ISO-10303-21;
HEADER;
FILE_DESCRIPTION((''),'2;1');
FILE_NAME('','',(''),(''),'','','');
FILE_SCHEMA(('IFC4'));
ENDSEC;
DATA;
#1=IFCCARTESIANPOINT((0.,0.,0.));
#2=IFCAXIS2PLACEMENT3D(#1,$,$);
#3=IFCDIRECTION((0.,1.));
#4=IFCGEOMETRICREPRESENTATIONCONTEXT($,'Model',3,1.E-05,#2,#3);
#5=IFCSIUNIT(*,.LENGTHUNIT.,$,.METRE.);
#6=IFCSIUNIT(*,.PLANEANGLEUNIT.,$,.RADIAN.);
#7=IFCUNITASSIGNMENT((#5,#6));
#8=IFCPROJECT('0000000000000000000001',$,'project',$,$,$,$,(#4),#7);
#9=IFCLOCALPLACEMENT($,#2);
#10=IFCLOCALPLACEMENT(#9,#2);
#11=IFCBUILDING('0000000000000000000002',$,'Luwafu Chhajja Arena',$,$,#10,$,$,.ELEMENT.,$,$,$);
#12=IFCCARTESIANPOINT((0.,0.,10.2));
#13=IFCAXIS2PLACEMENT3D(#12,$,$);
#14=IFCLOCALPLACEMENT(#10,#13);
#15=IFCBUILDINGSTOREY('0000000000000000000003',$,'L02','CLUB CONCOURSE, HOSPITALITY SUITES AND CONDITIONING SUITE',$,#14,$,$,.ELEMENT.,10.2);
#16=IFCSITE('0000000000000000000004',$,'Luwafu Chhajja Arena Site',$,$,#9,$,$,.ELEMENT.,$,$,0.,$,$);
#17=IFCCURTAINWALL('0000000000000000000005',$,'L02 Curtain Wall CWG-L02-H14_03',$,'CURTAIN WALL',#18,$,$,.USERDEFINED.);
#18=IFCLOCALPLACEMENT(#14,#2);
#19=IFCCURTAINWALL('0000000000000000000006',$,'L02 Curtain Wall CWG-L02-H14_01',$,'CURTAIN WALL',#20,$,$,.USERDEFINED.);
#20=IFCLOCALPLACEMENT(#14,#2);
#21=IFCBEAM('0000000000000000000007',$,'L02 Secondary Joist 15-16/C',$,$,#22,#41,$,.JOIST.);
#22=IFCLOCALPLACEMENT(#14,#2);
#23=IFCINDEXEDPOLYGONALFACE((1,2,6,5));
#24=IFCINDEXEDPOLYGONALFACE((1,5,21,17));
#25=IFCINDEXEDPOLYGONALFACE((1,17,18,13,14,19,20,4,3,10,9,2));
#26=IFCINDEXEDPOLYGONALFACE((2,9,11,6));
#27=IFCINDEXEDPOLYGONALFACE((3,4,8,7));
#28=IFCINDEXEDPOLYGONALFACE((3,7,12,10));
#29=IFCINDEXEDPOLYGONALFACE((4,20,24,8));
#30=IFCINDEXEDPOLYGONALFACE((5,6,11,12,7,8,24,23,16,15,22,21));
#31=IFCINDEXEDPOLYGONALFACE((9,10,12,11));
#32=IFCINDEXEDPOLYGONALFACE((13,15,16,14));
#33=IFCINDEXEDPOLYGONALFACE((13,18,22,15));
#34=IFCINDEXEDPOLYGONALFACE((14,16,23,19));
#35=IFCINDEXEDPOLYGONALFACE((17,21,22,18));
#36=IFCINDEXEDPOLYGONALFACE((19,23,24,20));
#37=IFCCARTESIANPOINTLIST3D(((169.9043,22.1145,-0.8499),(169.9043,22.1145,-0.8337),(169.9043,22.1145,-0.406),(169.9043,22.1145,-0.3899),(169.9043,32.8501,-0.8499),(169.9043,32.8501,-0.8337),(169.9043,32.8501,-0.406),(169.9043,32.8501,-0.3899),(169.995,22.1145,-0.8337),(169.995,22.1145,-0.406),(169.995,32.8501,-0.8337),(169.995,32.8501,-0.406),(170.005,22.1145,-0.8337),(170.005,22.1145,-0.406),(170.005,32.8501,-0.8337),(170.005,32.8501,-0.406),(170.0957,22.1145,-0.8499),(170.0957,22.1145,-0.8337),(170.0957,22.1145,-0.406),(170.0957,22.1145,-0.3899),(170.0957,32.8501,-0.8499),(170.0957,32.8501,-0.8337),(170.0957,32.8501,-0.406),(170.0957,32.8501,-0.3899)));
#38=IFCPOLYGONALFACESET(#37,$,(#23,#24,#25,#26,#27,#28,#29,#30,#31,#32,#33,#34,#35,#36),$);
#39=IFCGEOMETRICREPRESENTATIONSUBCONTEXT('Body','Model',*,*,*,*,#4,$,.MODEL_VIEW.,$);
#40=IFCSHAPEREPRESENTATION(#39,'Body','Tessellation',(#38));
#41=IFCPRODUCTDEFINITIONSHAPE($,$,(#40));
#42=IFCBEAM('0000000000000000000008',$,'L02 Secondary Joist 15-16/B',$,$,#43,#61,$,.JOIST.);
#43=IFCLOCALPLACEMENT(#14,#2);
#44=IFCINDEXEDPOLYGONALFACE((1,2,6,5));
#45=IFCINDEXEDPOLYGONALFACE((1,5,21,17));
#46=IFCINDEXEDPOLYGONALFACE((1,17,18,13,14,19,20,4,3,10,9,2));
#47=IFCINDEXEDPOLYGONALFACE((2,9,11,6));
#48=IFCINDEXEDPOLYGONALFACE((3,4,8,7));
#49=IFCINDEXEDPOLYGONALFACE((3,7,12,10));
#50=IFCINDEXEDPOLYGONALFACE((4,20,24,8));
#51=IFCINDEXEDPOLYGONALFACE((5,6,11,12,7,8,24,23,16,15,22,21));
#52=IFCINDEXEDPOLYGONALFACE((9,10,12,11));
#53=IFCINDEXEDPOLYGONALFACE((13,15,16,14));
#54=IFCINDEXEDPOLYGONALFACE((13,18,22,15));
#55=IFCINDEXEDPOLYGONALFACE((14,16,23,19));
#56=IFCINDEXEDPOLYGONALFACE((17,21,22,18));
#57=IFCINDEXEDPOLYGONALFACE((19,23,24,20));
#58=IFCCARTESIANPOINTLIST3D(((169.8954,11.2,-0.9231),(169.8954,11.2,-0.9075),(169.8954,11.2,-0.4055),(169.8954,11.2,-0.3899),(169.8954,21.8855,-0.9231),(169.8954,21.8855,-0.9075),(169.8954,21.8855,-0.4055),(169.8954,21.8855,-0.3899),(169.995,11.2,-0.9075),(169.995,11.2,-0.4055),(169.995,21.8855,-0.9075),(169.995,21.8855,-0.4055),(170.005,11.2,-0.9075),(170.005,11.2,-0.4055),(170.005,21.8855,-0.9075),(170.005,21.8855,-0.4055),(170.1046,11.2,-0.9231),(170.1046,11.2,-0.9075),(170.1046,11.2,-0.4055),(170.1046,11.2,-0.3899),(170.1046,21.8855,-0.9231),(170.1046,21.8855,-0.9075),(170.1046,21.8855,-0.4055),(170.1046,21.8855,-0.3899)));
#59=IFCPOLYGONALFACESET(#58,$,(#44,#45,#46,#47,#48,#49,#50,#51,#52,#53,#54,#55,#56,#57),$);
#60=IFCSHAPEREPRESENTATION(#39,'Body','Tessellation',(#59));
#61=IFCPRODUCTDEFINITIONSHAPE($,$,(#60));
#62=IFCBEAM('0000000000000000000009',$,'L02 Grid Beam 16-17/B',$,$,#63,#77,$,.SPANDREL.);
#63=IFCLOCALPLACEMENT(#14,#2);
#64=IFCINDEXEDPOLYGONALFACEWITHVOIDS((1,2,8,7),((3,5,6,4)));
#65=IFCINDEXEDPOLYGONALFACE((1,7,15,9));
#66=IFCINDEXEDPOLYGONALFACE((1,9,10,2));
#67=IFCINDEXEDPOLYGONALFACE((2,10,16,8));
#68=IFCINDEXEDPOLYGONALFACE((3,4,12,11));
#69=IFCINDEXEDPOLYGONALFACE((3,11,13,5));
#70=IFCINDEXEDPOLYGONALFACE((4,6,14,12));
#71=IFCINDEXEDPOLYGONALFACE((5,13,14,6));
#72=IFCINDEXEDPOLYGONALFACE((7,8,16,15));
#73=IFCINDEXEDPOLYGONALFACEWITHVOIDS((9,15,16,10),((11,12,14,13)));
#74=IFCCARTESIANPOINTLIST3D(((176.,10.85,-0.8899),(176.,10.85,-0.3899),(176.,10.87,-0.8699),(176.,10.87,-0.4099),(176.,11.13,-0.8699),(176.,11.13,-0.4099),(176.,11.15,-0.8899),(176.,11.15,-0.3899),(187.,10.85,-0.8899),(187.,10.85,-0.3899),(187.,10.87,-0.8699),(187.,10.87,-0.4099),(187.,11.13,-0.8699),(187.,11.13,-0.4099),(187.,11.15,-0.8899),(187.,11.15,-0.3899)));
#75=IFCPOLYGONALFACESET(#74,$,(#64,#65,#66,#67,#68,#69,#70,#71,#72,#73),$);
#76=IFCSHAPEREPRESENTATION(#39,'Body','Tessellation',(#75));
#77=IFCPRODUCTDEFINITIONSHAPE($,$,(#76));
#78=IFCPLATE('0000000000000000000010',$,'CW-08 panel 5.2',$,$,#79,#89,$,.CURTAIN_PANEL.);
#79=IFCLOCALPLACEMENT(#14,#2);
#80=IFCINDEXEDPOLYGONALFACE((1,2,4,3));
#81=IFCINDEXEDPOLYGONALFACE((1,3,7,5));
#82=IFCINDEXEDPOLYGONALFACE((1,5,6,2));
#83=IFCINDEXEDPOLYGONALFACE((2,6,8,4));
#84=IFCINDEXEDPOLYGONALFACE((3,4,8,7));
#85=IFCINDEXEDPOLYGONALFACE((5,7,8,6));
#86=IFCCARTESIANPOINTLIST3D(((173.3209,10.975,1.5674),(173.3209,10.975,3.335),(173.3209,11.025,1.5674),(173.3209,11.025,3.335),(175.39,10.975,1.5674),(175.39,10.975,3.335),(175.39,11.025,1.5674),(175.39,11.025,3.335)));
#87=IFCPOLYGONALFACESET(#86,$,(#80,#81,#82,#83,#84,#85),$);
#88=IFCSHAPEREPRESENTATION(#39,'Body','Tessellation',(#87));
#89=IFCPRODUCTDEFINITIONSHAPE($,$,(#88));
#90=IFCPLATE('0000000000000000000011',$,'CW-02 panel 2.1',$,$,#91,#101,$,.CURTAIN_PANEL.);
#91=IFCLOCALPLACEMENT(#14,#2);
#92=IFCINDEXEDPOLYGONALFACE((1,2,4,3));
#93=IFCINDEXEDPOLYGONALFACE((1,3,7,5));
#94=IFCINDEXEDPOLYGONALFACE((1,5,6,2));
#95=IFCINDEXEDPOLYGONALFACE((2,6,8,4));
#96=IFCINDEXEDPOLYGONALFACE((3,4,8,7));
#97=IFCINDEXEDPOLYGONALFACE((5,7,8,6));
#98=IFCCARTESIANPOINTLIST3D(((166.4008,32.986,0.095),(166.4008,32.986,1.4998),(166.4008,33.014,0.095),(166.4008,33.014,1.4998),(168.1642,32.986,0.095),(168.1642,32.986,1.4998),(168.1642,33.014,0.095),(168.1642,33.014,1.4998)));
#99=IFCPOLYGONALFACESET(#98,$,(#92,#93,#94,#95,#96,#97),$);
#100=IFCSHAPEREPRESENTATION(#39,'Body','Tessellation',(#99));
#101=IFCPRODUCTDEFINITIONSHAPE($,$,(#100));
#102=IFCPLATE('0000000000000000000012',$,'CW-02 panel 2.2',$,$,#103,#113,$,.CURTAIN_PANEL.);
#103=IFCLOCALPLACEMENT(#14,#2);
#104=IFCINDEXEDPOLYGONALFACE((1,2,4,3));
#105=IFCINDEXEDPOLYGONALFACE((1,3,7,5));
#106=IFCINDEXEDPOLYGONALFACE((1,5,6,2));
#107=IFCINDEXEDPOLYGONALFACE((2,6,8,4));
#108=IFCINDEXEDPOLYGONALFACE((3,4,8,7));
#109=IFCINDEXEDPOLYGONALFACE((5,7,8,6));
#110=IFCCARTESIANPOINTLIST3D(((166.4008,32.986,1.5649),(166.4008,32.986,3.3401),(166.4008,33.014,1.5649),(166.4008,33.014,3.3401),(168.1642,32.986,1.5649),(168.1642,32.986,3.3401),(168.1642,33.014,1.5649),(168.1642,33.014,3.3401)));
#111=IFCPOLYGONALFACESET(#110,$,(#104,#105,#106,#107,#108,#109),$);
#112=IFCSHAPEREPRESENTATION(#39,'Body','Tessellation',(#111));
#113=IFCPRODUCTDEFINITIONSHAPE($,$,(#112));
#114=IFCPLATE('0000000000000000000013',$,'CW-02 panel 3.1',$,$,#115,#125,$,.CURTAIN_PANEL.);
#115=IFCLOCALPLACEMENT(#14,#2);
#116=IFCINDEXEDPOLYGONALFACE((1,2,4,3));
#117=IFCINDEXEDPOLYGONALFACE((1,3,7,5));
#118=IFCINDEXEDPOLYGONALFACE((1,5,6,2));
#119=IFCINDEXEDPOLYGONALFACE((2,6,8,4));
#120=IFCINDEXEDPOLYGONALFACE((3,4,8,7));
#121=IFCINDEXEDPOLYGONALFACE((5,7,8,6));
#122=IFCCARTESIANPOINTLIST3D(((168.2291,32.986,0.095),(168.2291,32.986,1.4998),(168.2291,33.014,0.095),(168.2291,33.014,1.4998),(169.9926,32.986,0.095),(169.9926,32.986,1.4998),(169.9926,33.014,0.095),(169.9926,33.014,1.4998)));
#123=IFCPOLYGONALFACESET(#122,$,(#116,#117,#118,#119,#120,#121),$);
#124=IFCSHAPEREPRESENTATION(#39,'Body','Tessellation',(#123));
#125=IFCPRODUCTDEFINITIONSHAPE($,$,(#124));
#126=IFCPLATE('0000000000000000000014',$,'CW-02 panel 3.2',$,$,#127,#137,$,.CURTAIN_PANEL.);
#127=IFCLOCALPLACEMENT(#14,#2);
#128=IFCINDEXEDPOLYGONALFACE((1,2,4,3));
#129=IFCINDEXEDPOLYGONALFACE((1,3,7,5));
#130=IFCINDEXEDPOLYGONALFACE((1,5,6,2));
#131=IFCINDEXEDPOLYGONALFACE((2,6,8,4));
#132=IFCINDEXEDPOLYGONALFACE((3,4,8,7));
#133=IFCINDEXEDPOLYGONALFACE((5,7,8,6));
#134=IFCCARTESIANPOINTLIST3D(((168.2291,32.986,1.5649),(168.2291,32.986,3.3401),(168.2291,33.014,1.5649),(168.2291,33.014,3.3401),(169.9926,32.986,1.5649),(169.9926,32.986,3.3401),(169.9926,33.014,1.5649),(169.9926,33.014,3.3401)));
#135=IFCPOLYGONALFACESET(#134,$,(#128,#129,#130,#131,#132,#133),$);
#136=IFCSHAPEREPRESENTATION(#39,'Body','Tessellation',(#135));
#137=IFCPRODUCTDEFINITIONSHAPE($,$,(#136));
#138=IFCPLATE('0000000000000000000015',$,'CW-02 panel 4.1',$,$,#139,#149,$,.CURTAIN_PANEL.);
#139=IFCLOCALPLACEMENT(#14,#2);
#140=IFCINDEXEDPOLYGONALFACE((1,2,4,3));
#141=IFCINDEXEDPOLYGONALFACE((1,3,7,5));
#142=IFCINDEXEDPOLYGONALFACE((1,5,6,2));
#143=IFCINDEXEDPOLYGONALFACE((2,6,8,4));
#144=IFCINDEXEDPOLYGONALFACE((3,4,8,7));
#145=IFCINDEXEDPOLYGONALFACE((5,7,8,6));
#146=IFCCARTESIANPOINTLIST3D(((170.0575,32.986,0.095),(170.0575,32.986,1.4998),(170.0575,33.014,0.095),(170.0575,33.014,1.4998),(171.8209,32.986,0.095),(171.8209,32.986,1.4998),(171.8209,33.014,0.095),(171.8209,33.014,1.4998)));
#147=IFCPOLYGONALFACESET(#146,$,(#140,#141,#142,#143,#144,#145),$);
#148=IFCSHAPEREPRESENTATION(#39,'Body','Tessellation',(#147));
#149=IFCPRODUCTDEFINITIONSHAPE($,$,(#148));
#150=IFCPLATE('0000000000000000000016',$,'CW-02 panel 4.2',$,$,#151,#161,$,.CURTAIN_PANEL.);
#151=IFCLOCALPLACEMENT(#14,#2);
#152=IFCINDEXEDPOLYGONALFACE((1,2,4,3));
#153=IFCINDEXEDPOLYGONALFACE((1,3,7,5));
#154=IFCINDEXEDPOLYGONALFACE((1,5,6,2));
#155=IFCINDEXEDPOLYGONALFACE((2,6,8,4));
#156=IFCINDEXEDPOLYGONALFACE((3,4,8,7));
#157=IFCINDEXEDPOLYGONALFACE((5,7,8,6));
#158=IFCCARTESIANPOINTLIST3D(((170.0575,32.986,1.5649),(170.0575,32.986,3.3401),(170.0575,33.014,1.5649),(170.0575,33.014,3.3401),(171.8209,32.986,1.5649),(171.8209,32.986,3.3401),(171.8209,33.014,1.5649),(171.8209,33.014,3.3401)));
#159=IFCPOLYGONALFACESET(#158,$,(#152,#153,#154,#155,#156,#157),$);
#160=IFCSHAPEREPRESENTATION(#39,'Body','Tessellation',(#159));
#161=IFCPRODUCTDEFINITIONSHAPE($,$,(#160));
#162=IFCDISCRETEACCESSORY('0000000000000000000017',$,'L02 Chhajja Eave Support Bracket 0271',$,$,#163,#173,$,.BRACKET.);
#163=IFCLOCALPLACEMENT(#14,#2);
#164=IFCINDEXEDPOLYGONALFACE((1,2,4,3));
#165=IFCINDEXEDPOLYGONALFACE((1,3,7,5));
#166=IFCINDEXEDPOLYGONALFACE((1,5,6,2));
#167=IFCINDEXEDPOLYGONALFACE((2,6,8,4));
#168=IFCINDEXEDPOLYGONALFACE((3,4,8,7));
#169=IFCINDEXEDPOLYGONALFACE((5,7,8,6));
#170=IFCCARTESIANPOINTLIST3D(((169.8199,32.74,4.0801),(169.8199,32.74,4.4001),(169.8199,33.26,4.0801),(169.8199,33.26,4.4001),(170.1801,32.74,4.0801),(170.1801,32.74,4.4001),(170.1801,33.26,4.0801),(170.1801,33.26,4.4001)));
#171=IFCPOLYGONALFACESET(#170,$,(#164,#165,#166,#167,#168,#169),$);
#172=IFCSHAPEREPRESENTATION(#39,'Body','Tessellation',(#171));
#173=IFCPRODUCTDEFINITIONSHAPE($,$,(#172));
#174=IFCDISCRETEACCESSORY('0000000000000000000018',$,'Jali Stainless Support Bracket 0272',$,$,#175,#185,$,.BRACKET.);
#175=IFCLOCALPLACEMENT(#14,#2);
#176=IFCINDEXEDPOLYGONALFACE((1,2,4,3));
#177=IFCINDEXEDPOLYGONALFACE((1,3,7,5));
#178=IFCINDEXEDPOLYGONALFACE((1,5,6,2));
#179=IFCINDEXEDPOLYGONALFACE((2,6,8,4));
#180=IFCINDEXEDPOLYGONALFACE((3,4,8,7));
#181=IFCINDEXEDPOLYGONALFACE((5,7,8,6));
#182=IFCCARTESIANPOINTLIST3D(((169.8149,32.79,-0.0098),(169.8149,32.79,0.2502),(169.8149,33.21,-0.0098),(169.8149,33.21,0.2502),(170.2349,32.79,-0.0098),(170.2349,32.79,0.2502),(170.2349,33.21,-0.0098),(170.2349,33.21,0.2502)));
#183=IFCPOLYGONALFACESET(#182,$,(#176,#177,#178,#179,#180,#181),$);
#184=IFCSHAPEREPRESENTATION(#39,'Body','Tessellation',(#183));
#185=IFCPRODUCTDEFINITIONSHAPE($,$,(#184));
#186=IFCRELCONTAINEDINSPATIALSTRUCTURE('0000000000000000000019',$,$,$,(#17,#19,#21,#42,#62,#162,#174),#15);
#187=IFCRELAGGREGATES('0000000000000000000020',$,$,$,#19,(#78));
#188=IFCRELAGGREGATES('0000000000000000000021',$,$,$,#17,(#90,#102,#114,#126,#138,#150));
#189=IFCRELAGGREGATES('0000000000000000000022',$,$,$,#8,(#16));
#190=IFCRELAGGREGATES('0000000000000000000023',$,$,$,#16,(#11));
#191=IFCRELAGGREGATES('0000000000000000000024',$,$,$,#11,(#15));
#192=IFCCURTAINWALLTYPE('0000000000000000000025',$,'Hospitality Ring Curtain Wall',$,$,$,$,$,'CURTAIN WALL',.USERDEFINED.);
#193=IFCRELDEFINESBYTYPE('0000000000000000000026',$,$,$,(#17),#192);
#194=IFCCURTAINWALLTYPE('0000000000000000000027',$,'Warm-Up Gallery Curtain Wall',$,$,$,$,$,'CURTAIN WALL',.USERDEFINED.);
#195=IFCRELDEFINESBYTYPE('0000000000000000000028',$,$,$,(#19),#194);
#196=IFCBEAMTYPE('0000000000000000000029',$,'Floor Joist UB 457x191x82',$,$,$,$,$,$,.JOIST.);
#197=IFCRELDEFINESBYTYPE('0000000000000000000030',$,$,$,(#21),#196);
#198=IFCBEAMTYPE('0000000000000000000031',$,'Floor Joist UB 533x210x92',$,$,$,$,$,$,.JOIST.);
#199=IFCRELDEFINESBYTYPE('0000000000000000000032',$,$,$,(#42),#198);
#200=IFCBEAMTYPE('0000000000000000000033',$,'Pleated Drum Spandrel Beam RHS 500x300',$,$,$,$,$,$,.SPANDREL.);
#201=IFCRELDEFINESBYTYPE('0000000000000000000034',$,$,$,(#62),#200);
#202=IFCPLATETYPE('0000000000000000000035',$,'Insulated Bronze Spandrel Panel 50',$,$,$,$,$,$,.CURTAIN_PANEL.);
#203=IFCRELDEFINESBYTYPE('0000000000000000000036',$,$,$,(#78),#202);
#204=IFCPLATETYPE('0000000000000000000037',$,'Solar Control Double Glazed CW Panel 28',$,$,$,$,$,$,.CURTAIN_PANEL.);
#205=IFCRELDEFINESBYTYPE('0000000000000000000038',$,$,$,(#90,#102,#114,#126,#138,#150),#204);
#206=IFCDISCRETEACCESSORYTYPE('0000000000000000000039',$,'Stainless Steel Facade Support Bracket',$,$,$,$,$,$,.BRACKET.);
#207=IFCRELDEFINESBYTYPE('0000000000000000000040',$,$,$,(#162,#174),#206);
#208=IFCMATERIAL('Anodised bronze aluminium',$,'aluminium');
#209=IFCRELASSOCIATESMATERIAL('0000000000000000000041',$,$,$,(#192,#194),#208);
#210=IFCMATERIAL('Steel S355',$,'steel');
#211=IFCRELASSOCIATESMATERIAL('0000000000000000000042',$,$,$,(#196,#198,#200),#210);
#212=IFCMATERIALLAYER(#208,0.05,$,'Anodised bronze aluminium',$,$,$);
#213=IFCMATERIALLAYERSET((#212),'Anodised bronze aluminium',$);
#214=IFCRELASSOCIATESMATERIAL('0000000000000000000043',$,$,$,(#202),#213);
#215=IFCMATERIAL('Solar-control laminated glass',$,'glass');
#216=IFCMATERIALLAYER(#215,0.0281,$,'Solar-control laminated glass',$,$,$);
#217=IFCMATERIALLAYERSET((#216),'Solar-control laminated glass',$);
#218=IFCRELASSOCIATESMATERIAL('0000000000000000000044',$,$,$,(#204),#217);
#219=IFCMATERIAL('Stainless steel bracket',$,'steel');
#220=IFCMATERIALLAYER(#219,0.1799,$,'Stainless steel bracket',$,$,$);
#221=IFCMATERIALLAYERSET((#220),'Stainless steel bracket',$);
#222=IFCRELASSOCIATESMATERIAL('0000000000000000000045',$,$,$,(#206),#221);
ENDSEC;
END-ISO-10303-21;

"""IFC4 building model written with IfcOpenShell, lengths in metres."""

from ifc_helpers import new_model, si_unit, direction, frame, origin, origin_2d, place, context, subcontext, project, spatial, rectangle, hollow_rectangle, i_section, extrude, material, layer, layer_set, material_profile, profile_set, type_object, element, aggregate, save


model = new_model("IFC4")

# Units and contexts
model_context = context("Model", 3, precision=1e-05, world=origin(), true_north=direction((0.0, 1.0)))
body_context = subcontext(model_context, "Body", "Model", "MODEL_VIEW")
ifc_project = project(units=[si_unit("LENGTHUNIT", "METRE"), si_unit("PLANEANGLEUNIT", "RADIAN")], contexts=[model_context])

# Site, building, storey
site_placement = place(None, origin())
site = spatial("IfcSite", under=ifc_project, at=site_placement, Name="Luwafu Chhajja Arena Site", CompositionType="ELEMENT", RefElevation=0.0)
building_placement = place(site_placement, origin())
building = spatial("IfcBuilding", under=site, at=building_placement, Name="Luwafu Chhajja Arena", CompositionType="ELEMENT")
storey_placement = place(building_placement, frame((0.0, 0.0, 10.2)))
storey = spatial("IfcBuildingStorey", under=building, at=storey_placement, Name="L02", Description="CLUB CONCOURSE, HOSPITALITY SUITES AND CONDITIONING SUITE", CompositionType="ELEMENT", Elevation=10.2)

# Curtain wall
ifc_material_1 = material(Name="Anodised bronze aluminium", Category="aluminium")
curtain_wall_type_1 = type_object("IfcCurtainWallType", Name="Hospitality Ring Curtain Wall", ElementType="CURTAIN WALL", PredefinedType="USERDEFINED", material=ifc_material_1)
curtain_wall_1_placement = place(storey_placement, origin())
curtain_wall_1 = element("IfcCurtainWall", 1, at=curtain_wall_1_placement, inside=storey, type_object=curtain_wall_type_1, Name="L02 Curtain Wall CWG-L02-H14_03", ObjectType="CURTAIN WALL", PredefinedType="USERDEFINED")

# Curtain wall
curtain_wall_type_2 = type_object("IfcCurtainWallType", Name="Warm-Up Gallery Curtain Wall", ElementType="CURTAIN WALL", PredefinedType="USERDEFINED", material=ifc_material_1)
curtain_wall_2_placement = place(storey_placement, origin())
curtain_wall_2 = element("IfcCurtainWall", 2, at=curtain_wall_2_placement, inside=storey, type_object=curtain_wall_type_2, Name="L02 Curtain Wall CWG-L02-H14_01", ObjectType="CURTAIN WALL", PredefinedType="USERDEFINED")

# Beams
ifc_material_2 = material(Name="Steel S355", Category="steel")
ifc_material_profile_1 = material_profile(ifc_material_2, i_section(OverallWidth=0.1914, OverallDepth=0.46, WebThickness=0.01, FlangeThickness=0.0161, at=origin_2d()), Name="UB 457x191x82")
ifc_profile_set_1 = profile_set([ifc_material_profile_1], Name="Steel S355")
beam_type_1 = type_object("IfcBeamType", Name="Floor Joist UB 457x191x82", PredefinedType="JOIST", material=ifc_profile_set_1)
beam_1_placement = place(storey_placement, frame((170.0, 22.1145, -0.6199), z_axis=(0.0, 1.0, 0.0), x_axis=(-1.0, 0.0, 0.0)))
element("IfcBeam", 3, at=beam_1_placement, inside=storey, type_object=beam_type_1, Name="L02 Secondary Joist 15-16/C", PredefinedType="JOIST", context=body_context, shape_type="SweptSolid", body=[
    extrude(i_section(OverallWidth=0.1914, OverallDepth=0.46, WebThickness=0.01, FlangeThickness=0.0161, at=origin_2d()), origin(), (0.0, 0.0, 1.0), 10.7356),
])
ifc_material_profile_2 = material_profile(ifc_material_2, i_section(OverallWidth=0.2092, OverallDepth=0.5332, WebThickness=0.01, FlangeThickness=0.0156, at=origin_2d()), Name="UB 533x210x92")
ifc_profile_set_2 = profile_set([ifc_material_profile_2], Name="Steel S355")
beam_type_2 = type_object("IfcBeamType", Name="Floor Joist UB 533x210x92", PredefinedType="JOIST", material=ifc_profile_set_2)
beam_2_placement = place(storey_placement, frame((170.0, 11.2, -0.6565), z_axis=(0.0, 1.0, 0.0), x_axis=(-1.0, 0.0, 0.0)))
element("IfcBeam", 4, at=beam_2_placement, inside=storey, type_object=beam_type_2, Name="L02 Secondary Joist 15-16/B", PredefinedType="JOIST", context=body_context, shape_type="SweptSolid", body=[
    extrude(i_section(OverallWidth=0.2092, OverallDepth=0.5332, WebThickness=0.01, FlangeThickness=0.0156, at=origin_2d()), origin(), (0.0, 0.0, 1.0), 10.6855),
])
ifc_material_profile_3 = material_profile(ifc_material_2, hollow_rectangle(XDim=0.3, YDim=0.5, WallThickness=0.02, at=origin_2d()), Name="RHS 500x300x20")
ifc_profile_set_3 = profile_set([ifc_material_profile_3], Name="Steel S355")
beam_type_3 = type_object("IfcBeamType", Name="Pleated Drum Spandrel Beam RHS 500x300", PredefinedType="SPANDREL", material=ifc_profile_set_3)
beam_3_placement = place(storey_placement, frame((176.0, 11.0, -0.6399), z_axis=(1.0, 0.0, 0.0), x_axis=(0.0, 1.0, 0.0)))
element("IfcBeam", 5, at=beam_3_placement, inside=storey, type_object=beam_type_3, Name="L02 Grid Beam 16-17/B", PredefinedType="SPANDREL", context=body_context, shape_type="SweptSolid", body=[
    extrude(hollow_rectangle(XDim=0.3, YDim=0.5, WallThickness=0.02, at=origin_2d()), origin(), (0.0, 0.0, 1.0), 11.0),
])

# Plates
ifc_layer_1 = layer(ifc_material_1, 0.05, Name="Anodised bronze aluminium")
ifc_layer_set_1 = layer_set([ifc_layer_1], Name="Anodised bronze aluminium")
plate_type_1 = type_object("IfcPlateType", Name="Insulated Bronze Spandrel Panel 50", PredefinedType="CURTAIN_PANEL", material=ifc_layer_set_1)
plate_1_placement = place(storey_placement, frame((174.3555, 11.0, 1.5674), z_axis=(0.0, 0.0, 1.0), x_axis=(1.0, 0.0, 0.0)))
plate_1 = element("IfcPlate", 6, at=plate_1_placement, type_object=plate_type_1, Name="CW-08 panel 5.2", PredefinedType="CURTAIN_PANEL", context=body_context, shape_type="SweptSolid", body=[
    extrude(rectangle(XDim=2.0691, YDim=0.05, at=origin_2d()), origin(), (0.0, 0.0, 1.0), 1.7676),
])
aggregate(curtain_wall_2, [plate_1])
ifc_material_3 = material(Name="Solar-control laminated glass", Category="glass")
ifc_layer_2 = layer(ifc_material_3, 0.0281, Name="Solar-control laminated glass")
ifc_layer_set_2 = layer_set([ifc_layer_2], Name="Solar-control laminated glass")
plate_type_2 = type_object("IfcPlateType", Name="Solar Control Double Glazed CW Panel 28", PredefinedType="CURTAIN_PANEL", material=ifc_layer_set_2)
plate_2_placement = place(storey_placement, frame((167.2825, 33.0, 0.095), z_axis=(0.0, 0.0, 1.0), x_axis=(1.0, 0.0, 0.0)))
plate_2 = element("IfcPlate", 7, at=plate_2_placement, type_object=plate_type_2, Name="CW-02 panel 2.1", PredefinedType="CURTAIN_PANEL", context=body_context, shape_type="SweptSolid", body=[
    extrude(rectangle(XDim=1.7634, YDim=0.0281, at=origin_2d()), origin(), (0.0, 0.0, 1.0), 1.4048),
])
plate_3_placement = place(storey_placement, frame((167.2825, 33.0, 1.5649), z_axis=(0.0, 0.0, 1.0), x_axis=(1.0, 0.0, 0.0)))
plate_3 = element("IfcPlate", 8, at=plate_3_placement, type_object=plate_type_2, Name="CW-02 panel 2.2", PredefinedType="CURTAIN_PANEL", context=body_context, shape_type="SweptSolid", body=[
    extrude(rectangle(XDim=1.7634, YDim=0.0281, at=origin_2d()), origin(), (0.0, 0.0, 1.0), 1.7751),
])
plate_4_placement = place(storey_placement, frame((169.1108, 33.0, 0.095), z_axis=(0.0, 0.0, 1.0), x_axis=(1.0, 0.0, 0.0)))
plate_4 = element("IfcPlate", 9, at=plate_4_placement, type_object=plate_type_2, Name="CW-02 panel 3.1", PredefinedType="CURTAIN_PANEL", context=body_context, shape_type="SweptSolid", body=[
    extrude(rectangle(XDim=1.7634, YDim=0.0281, at=origin_2d()), origin(), (0.0, 0.0, 1.0), 1.4048),
])
plate_5_placement = place(storey_placement, frame((169.1108, 33.0, 1.5649), z_axis=(0.0, 0.0, 1.0), x_axis=(1.0, 0.0, 0.0)))
plate_5 = element("IfcPlate", 10, at=plate_5_placement, type_object=plate_type_2, Name="CW-02 panel 3.2", PredefinedType="CURTAIN_PANEL", context=body_context, shape_type="SweptSolid", body=[
    extrude(rectangle(XDim=1.7634, YDim=0.0281, at=origin_2d()), origin(), (0.0, 0.0, 1.0), 1.7751),
])
plate_6_placement = place(storey_placement, frame((170.9392, 33.0, 0.095), z_axis=(0.0, 0.0, 1.0), x_axis=(1.0, 0.0, 0.0)))
plate_6 = element("IfcPlate", 11, at=plate_6_placement, type_object=plate_type_2, Name="CW-02 panel 4.1", PredefinedType="CURTAIN_PANEL", context=body_context, shape_type="SweptSolid", body=[
    extrude(rectangle(XDim=1.7634, YDim=0.0281, at=origin_2d()), origin(), (0.0, 0.0, 1.0), 1.4048),
])
plate_7_placement = place(storey_placement, frame((170.9392, 33.0, 1.5649), z_axis=(0.0, 0.0, 1.0), x_axis=(1.0, 0.0, 0.0)))
plate_7 = element("IfcPlate", 12, at=plate_7_placement, type_object=plate_type_2, Name="CW-02 panel 4.2", PredefinedType="CURTAIN_PANEL", context=body_context, shape_type="SweptSolid", body=[
    extrude(rectangle(XDim=1.7634, YDim=0.0281, at=origin_2d()), origin(), (0.0, 0.0, 1.0), 1.7751),
])
aggregate(curtain_wall_1, [plate_2, plate_3, plate_4, plate_5, plate_6, plate_7])

# Discrete accessories
ifc_material_4 = material(Name="Stainless steel bracket", Category="steel")
ifc_layer_3 = layer(ifc_material_4, 0.1799, Name="Stainless steel bracket")
ifc_layer_set_3 = layer_set([ifc_layer_3], Name="Stainless steel bracket")
discrete_accessory_type = type_object("IfcDiscreteAccessoryType", Name="Stainless Steel Facade Support Bracket", PredefinedType="BRACKET", material=ifc_layer_set_3)
discrete_accessory_1_placement = place(storey_placement, frame((170.0, 33.0, 4.0801), z_axis=(0.0, 0.0, 1.0), x_axis=(1.0, 0.0, 0.0)))
element("IfcDiscreteAccessory", 13, at=discrete_accessory_1_placement, inside=storey, type_object=discrete_accessory_type, Name="L02 Chhajja Eave Support Bracket 0271", PredefinedType="BRACKET", context=body_context, shape_type="SweptSolid", body=[
    extrude(rectangle(XDim=0.3601, YDim=0.52, at=origin_2d()), origin(), (0.0, 0.0, 1.0), 0.3201),
])
discrete_accessory_2_placement = place(storey_placement, frame((170.0249, 33.0, -0.0098), z_axis=(0.0, 0.0, 1.0), x_axis=(1.0, 0.0, 0.0)))
element("IfcDiscreteAccessory", 14, at=discrete_accessory_2_placement, inside=storey, type_object=discrete_accessory_type, Name="Jali Stainless Support Bracket 0272", PredefinedType="BRACKET", context=body_context, shape_type="SweptSolid", body=[
    extrude(rectangle(XDim=0.4199, YDim=0.4199, at=origin_2d()), origin(), (0.0, 0.0, 1.0), 0.26),
])

save(model, "model.ifc")
